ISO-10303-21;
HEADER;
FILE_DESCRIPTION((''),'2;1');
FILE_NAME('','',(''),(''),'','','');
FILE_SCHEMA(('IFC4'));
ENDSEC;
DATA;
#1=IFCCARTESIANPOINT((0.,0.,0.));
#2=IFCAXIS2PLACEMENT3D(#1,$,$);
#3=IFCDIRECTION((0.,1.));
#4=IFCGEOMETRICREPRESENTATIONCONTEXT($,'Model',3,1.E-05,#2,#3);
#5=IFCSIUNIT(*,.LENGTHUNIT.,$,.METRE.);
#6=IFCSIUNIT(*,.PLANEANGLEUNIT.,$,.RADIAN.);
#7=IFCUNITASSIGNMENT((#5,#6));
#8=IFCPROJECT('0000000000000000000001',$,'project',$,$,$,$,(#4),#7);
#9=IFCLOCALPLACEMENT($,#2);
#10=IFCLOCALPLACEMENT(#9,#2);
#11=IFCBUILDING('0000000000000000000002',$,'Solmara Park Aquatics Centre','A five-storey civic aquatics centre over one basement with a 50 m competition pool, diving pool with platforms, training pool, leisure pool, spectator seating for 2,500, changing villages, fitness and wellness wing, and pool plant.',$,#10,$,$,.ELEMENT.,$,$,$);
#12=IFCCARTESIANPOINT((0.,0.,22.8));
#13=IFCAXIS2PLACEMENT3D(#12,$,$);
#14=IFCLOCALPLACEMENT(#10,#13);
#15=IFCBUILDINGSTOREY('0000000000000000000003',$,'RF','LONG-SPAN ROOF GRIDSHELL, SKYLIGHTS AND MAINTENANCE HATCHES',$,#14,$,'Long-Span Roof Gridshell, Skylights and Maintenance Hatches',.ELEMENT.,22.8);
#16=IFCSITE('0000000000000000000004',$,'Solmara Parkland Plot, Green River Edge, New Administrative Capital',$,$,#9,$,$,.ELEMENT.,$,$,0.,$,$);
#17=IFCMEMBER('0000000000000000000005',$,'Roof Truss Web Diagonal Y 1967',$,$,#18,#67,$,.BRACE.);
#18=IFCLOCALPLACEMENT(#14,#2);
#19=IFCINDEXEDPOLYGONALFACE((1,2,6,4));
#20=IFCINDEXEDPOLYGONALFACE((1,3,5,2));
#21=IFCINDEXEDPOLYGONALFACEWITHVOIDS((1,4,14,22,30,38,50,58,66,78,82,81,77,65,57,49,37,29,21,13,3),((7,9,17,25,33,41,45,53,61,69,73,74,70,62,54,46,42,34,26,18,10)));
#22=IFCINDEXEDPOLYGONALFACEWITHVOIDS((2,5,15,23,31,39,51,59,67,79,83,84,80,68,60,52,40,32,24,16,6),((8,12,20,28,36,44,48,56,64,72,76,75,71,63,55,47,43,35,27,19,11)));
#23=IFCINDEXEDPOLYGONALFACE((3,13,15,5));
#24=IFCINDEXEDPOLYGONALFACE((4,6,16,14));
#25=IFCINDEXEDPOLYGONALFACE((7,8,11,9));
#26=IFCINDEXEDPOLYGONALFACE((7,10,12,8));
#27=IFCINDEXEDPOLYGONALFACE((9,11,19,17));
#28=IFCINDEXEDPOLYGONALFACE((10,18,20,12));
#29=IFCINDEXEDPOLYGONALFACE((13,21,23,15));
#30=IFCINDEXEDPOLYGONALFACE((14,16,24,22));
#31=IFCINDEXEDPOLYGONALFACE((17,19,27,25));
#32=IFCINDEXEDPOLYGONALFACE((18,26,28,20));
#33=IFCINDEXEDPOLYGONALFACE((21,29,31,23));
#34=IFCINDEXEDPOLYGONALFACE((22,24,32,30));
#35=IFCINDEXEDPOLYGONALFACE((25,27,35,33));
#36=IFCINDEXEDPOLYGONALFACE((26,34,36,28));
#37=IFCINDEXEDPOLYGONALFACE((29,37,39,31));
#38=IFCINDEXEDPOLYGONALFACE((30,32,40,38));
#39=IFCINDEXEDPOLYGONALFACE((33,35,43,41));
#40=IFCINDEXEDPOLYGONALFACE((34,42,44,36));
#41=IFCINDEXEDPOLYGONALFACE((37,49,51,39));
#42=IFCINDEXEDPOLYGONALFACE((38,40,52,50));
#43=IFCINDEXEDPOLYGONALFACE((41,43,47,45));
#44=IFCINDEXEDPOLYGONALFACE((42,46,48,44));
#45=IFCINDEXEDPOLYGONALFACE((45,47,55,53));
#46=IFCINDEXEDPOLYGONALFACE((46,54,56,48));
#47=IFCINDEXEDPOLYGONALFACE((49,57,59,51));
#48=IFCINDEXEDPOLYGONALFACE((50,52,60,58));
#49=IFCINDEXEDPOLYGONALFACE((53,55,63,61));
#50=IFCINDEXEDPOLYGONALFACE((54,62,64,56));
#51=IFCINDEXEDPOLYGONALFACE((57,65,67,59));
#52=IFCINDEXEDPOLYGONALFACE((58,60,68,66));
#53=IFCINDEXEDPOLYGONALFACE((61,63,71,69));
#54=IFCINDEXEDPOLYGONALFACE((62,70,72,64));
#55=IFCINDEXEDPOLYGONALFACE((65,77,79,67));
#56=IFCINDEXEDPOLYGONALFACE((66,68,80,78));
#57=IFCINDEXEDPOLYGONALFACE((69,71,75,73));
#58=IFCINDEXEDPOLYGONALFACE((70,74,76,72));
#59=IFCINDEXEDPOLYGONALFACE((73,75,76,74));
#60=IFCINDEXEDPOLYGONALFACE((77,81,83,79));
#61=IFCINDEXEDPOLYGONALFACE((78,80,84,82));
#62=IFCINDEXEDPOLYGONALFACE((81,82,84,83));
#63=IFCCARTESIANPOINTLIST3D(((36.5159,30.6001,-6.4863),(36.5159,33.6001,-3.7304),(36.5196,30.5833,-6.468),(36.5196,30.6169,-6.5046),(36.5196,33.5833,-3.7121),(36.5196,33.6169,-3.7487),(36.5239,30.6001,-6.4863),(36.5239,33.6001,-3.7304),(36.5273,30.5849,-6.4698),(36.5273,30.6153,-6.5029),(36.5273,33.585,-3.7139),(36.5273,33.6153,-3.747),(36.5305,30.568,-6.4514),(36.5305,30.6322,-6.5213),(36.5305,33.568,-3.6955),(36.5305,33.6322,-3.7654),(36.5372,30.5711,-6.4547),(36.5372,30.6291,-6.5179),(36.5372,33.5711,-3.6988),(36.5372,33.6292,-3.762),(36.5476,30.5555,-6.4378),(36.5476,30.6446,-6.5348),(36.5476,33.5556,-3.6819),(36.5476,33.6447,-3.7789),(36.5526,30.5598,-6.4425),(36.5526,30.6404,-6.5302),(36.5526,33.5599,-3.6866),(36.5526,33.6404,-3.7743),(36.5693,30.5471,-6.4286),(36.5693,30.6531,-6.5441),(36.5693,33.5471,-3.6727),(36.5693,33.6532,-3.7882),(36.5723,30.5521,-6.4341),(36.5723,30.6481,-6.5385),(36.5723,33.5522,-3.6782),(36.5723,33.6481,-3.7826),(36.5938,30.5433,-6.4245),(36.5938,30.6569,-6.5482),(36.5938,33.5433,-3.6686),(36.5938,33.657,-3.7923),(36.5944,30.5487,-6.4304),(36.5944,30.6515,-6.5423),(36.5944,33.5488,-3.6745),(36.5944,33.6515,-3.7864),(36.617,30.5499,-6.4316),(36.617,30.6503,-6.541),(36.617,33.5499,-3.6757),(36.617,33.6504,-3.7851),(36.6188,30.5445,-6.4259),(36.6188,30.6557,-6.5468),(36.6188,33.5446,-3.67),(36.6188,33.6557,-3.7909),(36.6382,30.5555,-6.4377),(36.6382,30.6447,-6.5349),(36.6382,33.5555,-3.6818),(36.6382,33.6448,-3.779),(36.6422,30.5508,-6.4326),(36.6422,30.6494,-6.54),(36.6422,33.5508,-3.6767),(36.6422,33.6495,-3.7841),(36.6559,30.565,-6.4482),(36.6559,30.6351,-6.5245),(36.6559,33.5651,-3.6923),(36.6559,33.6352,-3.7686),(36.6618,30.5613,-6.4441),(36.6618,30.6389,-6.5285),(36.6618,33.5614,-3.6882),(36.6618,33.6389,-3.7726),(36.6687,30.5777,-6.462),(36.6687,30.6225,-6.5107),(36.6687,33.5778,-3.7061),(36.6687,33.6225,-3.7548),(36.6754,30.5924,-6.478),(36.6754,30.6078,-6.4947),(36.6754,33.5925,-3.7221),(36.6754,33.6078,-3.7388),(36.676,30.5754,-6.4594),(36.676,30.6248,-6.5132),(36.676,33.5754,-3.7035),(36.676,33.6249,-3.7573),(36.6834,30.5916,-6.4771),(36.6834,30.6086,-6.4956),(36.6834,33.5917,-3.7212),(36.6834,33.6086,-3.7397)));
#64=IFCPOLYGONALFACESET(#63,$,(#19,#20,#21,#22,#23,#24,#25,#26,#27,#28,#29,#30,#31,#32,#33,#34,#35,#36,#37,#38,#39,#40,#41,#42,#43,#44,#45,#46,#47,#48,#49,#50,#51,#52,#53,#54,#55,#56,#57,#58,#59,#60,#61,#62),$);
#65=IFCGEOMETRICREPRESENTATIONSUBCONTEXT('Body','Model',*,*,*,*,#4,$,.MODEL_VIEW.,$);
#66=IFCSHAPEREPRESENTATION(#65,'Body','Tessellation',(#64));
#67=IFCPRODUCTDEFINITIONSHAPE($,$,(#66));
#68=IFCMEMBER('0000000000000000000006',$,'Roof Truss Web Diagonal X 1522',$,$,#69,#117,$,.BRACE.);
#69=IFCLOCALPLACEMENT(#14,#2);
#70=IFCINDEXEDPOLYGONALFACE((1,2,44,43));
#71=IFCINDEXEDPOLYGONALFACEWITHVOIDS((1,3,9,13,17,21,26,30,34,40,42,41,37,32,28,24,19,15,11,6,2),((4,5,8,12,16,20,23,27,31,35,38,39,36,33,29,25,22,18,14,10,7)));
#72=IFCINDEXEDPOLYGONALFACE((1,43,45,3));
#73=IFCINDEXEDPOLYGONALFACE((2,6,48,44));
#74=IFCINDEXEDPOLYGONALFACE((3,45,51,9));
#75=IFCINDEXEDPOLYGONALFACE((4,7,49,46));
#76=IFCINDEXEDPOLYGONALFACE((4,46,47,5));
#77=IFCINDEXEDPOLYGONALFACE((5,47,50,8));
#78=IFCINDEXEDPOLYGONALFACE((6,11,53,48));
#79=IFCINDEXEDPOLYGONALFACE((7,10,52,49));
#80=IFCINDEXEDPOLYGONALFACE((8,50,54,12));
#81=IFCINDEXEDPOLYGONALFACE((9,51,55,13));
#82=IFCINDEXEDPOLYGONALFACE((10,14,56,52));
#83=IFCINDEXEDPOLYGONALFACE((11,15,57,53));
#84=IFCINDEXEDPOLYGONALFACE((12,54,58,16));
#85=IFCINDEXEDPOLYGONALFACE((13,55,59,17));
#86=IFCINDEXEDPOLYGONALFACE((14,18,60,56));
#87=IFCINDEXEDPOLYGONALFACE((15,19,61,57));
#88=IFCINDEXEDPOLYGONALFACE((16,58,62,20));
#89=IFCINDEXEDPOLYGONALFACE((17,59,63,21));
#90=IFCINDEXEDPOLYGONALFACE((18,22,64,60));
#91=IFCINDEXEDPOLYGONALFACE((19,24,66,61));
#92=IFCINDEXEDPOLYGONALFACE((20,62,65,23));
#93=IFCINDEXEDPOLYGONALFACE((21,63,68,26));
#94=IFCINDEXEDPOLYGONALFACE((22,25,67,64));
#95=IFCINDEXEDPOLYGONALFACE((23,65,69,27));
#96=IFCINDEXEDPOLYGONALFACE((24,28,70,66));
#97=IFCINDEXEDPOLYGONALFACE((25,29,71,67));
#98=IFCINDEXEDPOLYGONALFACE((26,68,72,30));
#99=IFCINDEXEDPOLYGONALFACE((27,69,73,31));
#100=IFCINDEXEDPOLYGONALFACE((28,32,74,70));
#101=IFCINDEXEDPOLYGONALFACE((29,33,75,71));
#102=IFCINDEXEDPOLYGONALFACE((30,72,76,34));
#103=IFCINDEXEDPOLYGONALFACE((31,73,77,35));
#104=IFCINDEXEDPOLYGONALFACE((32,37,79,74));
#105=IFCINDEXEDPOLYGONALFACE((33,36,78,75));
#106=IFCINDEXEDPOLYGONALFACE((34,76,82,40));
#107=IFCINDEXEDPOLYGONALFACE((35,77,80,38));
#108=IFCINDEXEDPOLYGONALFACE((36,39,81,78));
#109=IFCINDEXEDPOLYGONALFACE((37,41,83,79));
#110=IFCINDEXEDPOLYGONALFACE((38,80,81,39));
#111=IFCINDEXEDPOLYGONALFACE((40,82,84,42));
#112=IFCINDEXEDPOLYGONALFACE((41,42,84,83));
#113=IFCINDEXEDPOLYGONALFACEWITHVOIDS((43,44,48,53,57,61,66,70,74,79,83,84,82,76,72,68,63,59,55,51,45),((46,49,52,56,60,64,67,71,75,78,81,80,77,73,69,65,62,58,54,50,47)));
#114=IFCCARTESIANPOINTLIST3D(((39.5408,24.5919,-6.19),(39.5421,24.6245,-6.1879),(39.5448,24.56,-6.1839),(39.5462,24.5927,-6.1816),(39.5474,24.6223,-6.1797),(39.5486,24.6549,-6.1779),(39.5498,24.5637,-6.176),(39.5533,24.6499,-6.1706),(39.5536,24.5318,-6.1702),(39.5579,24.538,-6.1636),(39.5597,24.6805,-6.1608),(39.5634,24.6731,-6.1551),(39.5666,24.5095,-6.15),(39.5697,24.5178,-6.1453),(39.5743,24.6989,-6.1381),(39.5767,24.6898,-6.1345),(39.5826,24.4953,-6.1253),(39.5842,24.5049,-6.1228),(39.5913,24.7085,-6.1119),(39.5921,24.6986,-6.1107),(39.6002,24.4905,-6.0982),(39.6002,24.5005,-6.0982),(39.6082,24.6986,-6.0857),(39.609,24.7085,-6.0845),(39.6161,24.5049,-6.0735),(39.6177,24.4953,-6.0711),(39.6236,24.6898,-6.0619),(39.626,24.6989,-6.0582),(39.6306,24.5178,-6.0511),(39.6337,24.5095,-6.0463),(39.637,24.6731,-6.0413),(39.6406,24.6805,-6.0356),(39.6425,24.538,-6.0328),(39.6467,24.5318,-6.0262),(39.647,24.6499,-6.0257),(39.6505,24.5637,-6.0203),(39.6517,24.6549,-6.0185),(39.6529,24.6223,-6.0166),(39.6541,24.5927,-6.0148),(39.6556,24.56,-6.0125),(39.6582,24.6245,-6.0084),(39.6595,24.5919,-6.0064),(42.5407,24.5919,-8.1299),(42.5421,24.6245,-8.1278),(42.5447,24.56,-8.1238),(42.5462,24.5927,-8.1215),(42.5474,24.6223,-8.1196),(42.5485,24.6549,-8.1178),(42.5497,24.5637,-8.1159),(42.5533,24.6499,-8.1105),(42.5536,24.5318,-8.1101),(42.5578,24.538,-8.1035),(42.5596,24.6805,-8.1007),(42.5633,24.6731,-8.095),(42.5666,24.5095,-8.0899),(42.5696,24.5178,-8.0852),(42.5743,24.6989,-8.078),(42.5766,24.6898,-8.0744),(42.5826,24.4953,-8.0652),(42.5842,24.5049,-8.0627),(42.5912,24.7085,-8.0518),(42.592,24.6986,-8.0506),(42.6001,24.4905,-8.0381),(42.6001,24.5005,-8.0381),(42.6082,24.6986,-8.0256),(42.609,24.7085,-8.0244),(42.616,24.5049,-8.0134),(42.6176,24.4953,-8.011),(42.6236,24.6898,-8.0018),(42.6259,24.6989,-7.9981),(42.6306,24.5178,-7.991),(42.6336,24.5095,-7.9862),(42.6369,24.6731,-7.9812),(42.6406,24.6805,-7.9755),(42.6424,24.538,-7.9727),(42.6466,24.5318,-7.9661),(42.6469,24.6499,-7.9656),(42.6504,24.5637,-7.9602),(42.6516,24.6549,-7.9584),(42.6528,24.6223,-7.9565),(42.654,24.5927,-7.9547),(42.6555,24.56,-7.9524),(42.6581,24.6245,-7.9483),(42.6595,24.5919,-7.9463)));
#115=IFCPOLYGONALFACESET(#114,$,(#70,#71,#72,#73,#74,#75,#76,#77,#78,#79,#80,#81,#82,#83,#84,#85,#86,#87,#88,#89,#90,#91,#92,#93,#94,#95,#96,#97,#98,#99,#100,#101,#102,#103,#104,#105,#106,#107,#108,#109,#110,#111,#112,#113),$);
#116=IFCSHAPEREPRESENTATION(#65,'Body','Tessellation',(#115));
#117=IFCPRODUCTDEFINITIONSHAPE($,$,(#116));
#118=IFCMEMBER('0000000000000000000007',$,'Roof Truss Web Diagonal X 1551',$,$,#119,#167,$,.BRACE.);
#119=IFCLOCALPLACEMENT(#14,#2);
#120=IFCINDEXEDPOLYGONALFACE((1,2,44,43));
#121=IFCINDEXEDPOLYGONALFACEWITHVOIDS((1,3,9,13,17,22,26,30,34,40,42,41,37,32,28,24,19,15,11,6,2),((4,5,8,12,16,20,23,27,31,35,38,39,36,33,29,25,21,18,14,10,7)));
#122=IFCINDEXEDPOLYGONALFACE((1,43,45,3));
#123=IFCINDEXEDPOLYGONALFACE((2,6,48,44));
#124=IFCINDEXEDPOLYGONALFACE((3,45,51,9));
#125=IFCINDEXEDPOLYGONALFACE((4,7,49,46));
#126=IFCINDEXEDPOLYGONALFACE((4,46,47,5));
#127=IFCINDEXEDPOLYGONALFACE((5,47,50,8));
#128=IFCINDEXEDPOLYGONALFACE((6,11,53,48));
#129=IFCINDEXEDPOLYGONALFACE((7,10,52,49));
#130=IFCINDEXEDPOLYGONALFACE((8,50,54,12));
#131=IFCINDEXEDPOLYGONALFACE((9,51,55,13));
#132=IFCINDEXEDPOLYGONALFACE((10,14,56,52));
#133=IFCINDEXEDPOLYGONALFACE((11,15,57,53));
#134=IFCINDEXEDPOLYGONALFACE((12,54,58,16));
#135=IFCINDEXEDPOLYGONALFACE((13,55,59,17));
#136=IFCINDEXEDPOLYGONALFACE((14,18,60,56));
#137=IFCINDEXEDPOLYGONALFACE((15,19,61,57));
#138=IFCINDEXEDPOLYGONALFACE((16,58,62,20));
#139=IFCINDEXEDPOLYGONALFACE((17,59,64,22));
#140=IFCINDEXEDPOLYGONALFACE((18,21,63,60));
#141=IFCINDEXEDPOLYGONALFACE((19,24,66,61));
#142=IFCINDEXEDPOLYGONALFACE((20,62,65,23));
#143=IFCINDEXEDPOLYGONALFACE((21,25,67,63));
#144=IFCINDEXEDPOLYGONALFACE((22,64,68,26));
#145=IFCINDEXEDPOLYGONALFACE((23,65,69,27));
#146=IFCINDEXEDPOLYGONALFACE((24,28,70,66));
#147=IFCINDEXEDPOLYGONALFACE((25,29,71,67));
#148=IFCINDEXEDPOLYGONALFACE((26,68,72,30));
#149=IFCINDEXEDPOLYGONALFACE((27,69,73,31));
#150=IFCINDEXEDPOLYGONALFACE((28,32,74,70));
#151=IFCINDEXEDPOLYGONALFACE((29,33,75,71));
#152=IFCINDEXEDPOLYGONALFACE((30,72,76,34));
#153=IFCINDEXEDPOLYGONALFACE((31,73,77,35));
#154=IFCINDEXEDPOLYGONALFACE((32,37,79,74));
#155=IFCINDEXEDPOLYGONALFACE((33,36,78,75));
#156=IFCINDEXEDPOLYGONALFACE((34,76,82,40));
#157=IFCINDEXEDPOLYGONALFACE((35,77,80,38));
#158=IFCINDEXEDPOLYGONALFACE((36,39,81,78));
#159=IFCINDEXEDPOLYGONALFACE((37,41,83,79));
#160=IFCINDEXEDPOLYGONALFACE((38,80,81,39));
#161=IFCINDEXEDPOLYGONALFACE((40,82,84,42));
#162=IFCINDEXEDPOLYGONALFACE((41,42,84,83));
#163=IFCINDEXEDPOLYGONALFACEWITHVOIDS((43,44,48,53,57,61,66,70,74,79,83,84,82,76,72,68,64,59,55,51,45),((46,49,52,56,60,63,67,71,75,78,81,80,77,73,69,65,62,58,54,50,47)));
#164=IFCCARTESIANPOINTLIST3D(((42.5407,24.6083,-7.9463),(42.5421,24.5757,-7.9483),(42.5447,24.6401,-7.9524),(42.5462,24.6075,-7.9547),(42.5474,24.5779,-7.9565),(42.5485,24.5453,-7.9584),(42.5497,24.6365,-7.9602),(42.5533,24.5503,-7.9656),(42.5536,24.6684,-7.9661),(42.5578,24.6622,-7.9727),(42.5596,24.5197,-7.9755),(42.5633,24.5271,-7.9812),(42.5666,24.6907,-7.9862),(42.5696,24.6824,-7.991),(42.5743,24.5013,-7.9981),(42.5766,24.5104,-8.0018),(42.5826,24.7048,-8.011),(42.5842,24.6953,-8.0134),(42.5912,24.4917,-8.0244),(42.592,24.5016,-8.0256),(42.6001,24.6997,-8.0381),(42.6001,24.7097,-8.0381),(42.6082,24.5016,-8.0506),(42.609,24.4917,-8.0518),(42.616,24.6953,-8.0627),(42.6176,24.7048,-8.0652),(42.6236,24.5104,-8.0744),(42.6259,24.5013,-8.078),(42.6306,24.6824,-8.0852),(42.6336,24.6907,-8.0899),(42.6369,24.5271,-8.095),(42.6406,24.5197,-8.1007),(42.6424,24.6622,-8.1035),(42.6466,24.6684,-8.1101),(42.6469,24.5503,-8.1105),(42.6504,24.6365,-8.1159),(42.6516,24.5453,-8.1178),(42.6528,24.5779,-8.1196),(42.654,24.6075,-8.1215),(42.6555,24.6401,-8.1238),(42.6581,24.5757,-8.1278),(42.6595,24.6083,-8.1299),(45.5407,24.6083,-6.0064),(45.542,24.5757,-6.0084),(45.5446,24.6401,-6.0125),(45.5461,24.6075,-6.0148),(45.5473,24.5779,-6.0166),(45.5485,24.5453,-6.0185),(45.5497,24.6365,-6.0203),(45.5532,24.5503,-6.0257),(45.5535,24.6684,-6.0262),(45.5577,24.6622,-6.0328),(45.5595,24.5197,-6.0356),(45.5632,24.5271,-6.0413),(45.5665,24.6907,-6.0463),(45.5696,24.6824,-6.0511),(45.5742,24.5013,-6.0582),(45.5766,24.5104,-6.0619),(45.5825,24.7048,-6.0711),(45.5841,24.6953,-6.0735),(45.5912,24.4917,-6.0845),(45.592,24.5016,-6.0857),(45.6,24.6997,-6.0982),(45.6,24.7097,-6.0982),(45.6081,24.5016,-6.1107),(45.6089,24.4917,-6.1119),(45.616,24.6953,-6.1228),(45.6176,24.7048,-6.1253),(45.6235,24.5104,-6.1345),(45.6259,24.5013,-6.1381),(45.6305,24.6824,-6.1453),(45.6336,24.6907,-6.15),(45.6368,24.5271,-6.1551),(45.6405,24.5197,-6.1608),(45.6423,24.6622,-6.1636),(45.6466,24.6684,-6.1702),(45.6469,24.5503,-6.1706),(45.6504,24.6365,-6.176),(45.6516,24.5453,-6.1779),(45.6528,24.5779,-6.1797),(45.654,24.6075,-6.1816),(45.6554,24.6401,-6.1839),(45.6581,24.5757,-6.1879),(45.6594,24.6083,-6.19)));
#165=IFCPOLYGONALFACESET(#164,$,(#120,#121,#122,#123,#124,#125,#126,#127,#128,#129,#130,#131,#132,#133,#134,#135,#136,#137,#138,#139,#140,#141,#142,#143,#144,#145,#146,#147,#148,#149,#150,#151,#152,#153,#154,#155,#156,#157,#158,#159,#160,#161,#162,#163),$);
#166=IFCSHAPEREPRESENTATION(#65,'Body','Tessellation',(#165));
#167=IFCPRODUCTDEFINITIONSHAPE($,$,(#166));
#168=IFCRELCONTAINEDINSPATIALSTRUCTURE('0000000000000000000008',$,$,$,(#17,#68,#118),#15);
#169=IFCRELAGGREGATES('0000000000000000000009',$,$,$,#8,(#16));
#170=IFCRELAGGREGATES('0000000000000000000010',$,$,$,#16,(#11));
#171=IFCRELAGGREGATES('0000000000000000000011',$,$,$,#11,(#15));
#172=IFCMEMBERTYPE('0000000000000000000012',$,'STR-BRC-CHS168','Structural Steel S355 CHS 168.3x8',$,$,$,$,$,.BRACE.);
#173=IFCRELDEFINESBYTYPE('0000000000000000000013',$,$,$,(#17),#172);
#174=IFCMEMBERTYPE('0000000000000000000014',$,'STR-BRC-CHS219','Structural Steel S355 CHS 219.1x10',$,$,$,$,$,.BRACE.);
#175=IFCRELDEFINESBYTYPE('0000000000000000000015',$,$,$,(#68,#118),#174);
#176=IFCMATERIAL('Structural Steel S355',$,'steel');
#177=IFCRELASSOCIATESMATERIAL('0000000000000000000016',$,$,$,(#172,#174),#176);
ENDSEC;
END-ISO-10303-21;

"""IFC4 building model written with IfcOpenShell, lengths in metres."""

from ifc_helpers import new_model, si_unit, direction, frame, origin, origin_2d, place, context, subcontext, project, spatial, hollow_circle, extrude, material, material_profile, profile_set, type_object, element, save


model = new_model("IFC4")

# Units and contexts
model_context = context("Model", 3, precision=1e-05, world=origin(), true_north=direction((0.0, 1.0)))
body_context = subcontext(model_context, "Body", "Model", "MODEL_VIEW")
ifc_project = project(units=[si_unit("LENGTHUNIT", "METRE"), si_unit("PLANEANGLEUNIT", "RADIAN")], contexts=[model_context])

# Site, building, storey
site_placement = place(None, origin())
site = spatial("IfcSite", under=ifc_project, at=site_placement, Name="Solmara Parkland Plot, Green River Edge, New Administrative Capital", CompositionType="ELEMENT", RefElevation=0.0)
building_placement = place(site_placement, origin())
building = spatial("IfcBuilding", under=site, at=building_placement, Name="Solmara Park Aquatics Centre", Description="A five-storey civic aquatics centre over one basement with a 50 m competition pool, diving pool with platforms, training pool, leisure pool, spectator seating for 2,500, changing villages, fitness and wellness wing, and pool plant.", CompositionType="ELEMENT")
storey_placement = place(building_placement, frame((0.0, 0.0, 22.8)))
storey = spatial("IfcBuildingStorey", under=building, at=storey_placement, Name="RF", Description="LONG-SPAN ROOF GRIDSHELL, SKYLIGHTS AND MAINTENANCE HATCHES", LongName="Long-Span Roof Gridshell, Skylights and Maintenance Hatches", CompositionType="ELEMENT", Elevation=22.8)

# Members
ifc_material_1 = material(Name="Structural Steel S355", Category="steel")
ifc_material_profile_1 = material_profile(ifc_material_1, hollow_circle(Radius=0.0842, WallThickness=0.0081, at=origin_2d()), Name="CHS 168.3x8")
ifc_profile_set_1 = profile_set([ifc_material_profile_1], Name="Structural Steel S355")
member_type_1 = type_object("IfcMemberType", Name="STR-BRC-CHS168", Description="Structural Steel S355 CHS 168.3x8", PredefinedType="BRACE", material=ifc_profile_set_1)
member_1_placement = place(storey_placement, frame((36.6001, 30.6001, -6.4863), z_axis=(0.0, 0.736437, 0.676506), x_axis=(-1.0, 0.0, 0.0)))
element("IfcMember", 1, at=member_1_placement, inside=storey, type_object=member_type_1, Name="Roof Truss Web Diagonal Y 1967", PredefinedType="BRACE", context=body_context, shape_type="SweptSolid", body=[
    extrude(hollow_circle(Radius=0.0842, WallThickness=0.0081, at=origin_2d()), origin(), (0.0, 0.0, 1.0), 4.0737),
])
ifc_material_profile_2 = material_profile(ifc_material_1, hollow_circle(Radius=0.1096, WallThickness=0.01, at=origin_2d()), Name="CHS 219.1x10")
ifc_profile_set_2 = profile_set([ifc_material_profile_2], Name="Structural Steel S355")
member_type_2 = type_object("IfcMemberType", Name="STR-BRC-CHS219", Description="Structural Steel S355 CHS 219.1x10", PredefinedType="BRACE", material=ifc_profile_set_2)
for number, where, z_axis, x_axis, name in (
    (2, (42.6001, 24.6001, -8.0381), (-0.839728, 0.0, 0.543008), (0.0, -1.0, 0.0), "Roof Truss Web Diagonal X 1522"),
    (3, (42.6001, 24.6001, -8.0381), (0.839728, 0.0, 0.543008), (0.0, 1.0, 0.0), "Roof Truss Web Diagonal X 1551"),
):
    element("IfcMember", number, at=place(storey_placement, frame(where, z_axis=z_axis, x_axis=x_axis)), inside=storey, type_object=member_type_2, Name=name, PredefinedType="BRACE", context=body_context, shape_type="SweptSolid", body=[
        extrude(hollow_circle(Radius=0.1096, WallThickness=0.01, at=origin_2d()), origin(), (0.0, 0.0, 1.0), 3.5725),
    ])

save(model, "model.ifc")
